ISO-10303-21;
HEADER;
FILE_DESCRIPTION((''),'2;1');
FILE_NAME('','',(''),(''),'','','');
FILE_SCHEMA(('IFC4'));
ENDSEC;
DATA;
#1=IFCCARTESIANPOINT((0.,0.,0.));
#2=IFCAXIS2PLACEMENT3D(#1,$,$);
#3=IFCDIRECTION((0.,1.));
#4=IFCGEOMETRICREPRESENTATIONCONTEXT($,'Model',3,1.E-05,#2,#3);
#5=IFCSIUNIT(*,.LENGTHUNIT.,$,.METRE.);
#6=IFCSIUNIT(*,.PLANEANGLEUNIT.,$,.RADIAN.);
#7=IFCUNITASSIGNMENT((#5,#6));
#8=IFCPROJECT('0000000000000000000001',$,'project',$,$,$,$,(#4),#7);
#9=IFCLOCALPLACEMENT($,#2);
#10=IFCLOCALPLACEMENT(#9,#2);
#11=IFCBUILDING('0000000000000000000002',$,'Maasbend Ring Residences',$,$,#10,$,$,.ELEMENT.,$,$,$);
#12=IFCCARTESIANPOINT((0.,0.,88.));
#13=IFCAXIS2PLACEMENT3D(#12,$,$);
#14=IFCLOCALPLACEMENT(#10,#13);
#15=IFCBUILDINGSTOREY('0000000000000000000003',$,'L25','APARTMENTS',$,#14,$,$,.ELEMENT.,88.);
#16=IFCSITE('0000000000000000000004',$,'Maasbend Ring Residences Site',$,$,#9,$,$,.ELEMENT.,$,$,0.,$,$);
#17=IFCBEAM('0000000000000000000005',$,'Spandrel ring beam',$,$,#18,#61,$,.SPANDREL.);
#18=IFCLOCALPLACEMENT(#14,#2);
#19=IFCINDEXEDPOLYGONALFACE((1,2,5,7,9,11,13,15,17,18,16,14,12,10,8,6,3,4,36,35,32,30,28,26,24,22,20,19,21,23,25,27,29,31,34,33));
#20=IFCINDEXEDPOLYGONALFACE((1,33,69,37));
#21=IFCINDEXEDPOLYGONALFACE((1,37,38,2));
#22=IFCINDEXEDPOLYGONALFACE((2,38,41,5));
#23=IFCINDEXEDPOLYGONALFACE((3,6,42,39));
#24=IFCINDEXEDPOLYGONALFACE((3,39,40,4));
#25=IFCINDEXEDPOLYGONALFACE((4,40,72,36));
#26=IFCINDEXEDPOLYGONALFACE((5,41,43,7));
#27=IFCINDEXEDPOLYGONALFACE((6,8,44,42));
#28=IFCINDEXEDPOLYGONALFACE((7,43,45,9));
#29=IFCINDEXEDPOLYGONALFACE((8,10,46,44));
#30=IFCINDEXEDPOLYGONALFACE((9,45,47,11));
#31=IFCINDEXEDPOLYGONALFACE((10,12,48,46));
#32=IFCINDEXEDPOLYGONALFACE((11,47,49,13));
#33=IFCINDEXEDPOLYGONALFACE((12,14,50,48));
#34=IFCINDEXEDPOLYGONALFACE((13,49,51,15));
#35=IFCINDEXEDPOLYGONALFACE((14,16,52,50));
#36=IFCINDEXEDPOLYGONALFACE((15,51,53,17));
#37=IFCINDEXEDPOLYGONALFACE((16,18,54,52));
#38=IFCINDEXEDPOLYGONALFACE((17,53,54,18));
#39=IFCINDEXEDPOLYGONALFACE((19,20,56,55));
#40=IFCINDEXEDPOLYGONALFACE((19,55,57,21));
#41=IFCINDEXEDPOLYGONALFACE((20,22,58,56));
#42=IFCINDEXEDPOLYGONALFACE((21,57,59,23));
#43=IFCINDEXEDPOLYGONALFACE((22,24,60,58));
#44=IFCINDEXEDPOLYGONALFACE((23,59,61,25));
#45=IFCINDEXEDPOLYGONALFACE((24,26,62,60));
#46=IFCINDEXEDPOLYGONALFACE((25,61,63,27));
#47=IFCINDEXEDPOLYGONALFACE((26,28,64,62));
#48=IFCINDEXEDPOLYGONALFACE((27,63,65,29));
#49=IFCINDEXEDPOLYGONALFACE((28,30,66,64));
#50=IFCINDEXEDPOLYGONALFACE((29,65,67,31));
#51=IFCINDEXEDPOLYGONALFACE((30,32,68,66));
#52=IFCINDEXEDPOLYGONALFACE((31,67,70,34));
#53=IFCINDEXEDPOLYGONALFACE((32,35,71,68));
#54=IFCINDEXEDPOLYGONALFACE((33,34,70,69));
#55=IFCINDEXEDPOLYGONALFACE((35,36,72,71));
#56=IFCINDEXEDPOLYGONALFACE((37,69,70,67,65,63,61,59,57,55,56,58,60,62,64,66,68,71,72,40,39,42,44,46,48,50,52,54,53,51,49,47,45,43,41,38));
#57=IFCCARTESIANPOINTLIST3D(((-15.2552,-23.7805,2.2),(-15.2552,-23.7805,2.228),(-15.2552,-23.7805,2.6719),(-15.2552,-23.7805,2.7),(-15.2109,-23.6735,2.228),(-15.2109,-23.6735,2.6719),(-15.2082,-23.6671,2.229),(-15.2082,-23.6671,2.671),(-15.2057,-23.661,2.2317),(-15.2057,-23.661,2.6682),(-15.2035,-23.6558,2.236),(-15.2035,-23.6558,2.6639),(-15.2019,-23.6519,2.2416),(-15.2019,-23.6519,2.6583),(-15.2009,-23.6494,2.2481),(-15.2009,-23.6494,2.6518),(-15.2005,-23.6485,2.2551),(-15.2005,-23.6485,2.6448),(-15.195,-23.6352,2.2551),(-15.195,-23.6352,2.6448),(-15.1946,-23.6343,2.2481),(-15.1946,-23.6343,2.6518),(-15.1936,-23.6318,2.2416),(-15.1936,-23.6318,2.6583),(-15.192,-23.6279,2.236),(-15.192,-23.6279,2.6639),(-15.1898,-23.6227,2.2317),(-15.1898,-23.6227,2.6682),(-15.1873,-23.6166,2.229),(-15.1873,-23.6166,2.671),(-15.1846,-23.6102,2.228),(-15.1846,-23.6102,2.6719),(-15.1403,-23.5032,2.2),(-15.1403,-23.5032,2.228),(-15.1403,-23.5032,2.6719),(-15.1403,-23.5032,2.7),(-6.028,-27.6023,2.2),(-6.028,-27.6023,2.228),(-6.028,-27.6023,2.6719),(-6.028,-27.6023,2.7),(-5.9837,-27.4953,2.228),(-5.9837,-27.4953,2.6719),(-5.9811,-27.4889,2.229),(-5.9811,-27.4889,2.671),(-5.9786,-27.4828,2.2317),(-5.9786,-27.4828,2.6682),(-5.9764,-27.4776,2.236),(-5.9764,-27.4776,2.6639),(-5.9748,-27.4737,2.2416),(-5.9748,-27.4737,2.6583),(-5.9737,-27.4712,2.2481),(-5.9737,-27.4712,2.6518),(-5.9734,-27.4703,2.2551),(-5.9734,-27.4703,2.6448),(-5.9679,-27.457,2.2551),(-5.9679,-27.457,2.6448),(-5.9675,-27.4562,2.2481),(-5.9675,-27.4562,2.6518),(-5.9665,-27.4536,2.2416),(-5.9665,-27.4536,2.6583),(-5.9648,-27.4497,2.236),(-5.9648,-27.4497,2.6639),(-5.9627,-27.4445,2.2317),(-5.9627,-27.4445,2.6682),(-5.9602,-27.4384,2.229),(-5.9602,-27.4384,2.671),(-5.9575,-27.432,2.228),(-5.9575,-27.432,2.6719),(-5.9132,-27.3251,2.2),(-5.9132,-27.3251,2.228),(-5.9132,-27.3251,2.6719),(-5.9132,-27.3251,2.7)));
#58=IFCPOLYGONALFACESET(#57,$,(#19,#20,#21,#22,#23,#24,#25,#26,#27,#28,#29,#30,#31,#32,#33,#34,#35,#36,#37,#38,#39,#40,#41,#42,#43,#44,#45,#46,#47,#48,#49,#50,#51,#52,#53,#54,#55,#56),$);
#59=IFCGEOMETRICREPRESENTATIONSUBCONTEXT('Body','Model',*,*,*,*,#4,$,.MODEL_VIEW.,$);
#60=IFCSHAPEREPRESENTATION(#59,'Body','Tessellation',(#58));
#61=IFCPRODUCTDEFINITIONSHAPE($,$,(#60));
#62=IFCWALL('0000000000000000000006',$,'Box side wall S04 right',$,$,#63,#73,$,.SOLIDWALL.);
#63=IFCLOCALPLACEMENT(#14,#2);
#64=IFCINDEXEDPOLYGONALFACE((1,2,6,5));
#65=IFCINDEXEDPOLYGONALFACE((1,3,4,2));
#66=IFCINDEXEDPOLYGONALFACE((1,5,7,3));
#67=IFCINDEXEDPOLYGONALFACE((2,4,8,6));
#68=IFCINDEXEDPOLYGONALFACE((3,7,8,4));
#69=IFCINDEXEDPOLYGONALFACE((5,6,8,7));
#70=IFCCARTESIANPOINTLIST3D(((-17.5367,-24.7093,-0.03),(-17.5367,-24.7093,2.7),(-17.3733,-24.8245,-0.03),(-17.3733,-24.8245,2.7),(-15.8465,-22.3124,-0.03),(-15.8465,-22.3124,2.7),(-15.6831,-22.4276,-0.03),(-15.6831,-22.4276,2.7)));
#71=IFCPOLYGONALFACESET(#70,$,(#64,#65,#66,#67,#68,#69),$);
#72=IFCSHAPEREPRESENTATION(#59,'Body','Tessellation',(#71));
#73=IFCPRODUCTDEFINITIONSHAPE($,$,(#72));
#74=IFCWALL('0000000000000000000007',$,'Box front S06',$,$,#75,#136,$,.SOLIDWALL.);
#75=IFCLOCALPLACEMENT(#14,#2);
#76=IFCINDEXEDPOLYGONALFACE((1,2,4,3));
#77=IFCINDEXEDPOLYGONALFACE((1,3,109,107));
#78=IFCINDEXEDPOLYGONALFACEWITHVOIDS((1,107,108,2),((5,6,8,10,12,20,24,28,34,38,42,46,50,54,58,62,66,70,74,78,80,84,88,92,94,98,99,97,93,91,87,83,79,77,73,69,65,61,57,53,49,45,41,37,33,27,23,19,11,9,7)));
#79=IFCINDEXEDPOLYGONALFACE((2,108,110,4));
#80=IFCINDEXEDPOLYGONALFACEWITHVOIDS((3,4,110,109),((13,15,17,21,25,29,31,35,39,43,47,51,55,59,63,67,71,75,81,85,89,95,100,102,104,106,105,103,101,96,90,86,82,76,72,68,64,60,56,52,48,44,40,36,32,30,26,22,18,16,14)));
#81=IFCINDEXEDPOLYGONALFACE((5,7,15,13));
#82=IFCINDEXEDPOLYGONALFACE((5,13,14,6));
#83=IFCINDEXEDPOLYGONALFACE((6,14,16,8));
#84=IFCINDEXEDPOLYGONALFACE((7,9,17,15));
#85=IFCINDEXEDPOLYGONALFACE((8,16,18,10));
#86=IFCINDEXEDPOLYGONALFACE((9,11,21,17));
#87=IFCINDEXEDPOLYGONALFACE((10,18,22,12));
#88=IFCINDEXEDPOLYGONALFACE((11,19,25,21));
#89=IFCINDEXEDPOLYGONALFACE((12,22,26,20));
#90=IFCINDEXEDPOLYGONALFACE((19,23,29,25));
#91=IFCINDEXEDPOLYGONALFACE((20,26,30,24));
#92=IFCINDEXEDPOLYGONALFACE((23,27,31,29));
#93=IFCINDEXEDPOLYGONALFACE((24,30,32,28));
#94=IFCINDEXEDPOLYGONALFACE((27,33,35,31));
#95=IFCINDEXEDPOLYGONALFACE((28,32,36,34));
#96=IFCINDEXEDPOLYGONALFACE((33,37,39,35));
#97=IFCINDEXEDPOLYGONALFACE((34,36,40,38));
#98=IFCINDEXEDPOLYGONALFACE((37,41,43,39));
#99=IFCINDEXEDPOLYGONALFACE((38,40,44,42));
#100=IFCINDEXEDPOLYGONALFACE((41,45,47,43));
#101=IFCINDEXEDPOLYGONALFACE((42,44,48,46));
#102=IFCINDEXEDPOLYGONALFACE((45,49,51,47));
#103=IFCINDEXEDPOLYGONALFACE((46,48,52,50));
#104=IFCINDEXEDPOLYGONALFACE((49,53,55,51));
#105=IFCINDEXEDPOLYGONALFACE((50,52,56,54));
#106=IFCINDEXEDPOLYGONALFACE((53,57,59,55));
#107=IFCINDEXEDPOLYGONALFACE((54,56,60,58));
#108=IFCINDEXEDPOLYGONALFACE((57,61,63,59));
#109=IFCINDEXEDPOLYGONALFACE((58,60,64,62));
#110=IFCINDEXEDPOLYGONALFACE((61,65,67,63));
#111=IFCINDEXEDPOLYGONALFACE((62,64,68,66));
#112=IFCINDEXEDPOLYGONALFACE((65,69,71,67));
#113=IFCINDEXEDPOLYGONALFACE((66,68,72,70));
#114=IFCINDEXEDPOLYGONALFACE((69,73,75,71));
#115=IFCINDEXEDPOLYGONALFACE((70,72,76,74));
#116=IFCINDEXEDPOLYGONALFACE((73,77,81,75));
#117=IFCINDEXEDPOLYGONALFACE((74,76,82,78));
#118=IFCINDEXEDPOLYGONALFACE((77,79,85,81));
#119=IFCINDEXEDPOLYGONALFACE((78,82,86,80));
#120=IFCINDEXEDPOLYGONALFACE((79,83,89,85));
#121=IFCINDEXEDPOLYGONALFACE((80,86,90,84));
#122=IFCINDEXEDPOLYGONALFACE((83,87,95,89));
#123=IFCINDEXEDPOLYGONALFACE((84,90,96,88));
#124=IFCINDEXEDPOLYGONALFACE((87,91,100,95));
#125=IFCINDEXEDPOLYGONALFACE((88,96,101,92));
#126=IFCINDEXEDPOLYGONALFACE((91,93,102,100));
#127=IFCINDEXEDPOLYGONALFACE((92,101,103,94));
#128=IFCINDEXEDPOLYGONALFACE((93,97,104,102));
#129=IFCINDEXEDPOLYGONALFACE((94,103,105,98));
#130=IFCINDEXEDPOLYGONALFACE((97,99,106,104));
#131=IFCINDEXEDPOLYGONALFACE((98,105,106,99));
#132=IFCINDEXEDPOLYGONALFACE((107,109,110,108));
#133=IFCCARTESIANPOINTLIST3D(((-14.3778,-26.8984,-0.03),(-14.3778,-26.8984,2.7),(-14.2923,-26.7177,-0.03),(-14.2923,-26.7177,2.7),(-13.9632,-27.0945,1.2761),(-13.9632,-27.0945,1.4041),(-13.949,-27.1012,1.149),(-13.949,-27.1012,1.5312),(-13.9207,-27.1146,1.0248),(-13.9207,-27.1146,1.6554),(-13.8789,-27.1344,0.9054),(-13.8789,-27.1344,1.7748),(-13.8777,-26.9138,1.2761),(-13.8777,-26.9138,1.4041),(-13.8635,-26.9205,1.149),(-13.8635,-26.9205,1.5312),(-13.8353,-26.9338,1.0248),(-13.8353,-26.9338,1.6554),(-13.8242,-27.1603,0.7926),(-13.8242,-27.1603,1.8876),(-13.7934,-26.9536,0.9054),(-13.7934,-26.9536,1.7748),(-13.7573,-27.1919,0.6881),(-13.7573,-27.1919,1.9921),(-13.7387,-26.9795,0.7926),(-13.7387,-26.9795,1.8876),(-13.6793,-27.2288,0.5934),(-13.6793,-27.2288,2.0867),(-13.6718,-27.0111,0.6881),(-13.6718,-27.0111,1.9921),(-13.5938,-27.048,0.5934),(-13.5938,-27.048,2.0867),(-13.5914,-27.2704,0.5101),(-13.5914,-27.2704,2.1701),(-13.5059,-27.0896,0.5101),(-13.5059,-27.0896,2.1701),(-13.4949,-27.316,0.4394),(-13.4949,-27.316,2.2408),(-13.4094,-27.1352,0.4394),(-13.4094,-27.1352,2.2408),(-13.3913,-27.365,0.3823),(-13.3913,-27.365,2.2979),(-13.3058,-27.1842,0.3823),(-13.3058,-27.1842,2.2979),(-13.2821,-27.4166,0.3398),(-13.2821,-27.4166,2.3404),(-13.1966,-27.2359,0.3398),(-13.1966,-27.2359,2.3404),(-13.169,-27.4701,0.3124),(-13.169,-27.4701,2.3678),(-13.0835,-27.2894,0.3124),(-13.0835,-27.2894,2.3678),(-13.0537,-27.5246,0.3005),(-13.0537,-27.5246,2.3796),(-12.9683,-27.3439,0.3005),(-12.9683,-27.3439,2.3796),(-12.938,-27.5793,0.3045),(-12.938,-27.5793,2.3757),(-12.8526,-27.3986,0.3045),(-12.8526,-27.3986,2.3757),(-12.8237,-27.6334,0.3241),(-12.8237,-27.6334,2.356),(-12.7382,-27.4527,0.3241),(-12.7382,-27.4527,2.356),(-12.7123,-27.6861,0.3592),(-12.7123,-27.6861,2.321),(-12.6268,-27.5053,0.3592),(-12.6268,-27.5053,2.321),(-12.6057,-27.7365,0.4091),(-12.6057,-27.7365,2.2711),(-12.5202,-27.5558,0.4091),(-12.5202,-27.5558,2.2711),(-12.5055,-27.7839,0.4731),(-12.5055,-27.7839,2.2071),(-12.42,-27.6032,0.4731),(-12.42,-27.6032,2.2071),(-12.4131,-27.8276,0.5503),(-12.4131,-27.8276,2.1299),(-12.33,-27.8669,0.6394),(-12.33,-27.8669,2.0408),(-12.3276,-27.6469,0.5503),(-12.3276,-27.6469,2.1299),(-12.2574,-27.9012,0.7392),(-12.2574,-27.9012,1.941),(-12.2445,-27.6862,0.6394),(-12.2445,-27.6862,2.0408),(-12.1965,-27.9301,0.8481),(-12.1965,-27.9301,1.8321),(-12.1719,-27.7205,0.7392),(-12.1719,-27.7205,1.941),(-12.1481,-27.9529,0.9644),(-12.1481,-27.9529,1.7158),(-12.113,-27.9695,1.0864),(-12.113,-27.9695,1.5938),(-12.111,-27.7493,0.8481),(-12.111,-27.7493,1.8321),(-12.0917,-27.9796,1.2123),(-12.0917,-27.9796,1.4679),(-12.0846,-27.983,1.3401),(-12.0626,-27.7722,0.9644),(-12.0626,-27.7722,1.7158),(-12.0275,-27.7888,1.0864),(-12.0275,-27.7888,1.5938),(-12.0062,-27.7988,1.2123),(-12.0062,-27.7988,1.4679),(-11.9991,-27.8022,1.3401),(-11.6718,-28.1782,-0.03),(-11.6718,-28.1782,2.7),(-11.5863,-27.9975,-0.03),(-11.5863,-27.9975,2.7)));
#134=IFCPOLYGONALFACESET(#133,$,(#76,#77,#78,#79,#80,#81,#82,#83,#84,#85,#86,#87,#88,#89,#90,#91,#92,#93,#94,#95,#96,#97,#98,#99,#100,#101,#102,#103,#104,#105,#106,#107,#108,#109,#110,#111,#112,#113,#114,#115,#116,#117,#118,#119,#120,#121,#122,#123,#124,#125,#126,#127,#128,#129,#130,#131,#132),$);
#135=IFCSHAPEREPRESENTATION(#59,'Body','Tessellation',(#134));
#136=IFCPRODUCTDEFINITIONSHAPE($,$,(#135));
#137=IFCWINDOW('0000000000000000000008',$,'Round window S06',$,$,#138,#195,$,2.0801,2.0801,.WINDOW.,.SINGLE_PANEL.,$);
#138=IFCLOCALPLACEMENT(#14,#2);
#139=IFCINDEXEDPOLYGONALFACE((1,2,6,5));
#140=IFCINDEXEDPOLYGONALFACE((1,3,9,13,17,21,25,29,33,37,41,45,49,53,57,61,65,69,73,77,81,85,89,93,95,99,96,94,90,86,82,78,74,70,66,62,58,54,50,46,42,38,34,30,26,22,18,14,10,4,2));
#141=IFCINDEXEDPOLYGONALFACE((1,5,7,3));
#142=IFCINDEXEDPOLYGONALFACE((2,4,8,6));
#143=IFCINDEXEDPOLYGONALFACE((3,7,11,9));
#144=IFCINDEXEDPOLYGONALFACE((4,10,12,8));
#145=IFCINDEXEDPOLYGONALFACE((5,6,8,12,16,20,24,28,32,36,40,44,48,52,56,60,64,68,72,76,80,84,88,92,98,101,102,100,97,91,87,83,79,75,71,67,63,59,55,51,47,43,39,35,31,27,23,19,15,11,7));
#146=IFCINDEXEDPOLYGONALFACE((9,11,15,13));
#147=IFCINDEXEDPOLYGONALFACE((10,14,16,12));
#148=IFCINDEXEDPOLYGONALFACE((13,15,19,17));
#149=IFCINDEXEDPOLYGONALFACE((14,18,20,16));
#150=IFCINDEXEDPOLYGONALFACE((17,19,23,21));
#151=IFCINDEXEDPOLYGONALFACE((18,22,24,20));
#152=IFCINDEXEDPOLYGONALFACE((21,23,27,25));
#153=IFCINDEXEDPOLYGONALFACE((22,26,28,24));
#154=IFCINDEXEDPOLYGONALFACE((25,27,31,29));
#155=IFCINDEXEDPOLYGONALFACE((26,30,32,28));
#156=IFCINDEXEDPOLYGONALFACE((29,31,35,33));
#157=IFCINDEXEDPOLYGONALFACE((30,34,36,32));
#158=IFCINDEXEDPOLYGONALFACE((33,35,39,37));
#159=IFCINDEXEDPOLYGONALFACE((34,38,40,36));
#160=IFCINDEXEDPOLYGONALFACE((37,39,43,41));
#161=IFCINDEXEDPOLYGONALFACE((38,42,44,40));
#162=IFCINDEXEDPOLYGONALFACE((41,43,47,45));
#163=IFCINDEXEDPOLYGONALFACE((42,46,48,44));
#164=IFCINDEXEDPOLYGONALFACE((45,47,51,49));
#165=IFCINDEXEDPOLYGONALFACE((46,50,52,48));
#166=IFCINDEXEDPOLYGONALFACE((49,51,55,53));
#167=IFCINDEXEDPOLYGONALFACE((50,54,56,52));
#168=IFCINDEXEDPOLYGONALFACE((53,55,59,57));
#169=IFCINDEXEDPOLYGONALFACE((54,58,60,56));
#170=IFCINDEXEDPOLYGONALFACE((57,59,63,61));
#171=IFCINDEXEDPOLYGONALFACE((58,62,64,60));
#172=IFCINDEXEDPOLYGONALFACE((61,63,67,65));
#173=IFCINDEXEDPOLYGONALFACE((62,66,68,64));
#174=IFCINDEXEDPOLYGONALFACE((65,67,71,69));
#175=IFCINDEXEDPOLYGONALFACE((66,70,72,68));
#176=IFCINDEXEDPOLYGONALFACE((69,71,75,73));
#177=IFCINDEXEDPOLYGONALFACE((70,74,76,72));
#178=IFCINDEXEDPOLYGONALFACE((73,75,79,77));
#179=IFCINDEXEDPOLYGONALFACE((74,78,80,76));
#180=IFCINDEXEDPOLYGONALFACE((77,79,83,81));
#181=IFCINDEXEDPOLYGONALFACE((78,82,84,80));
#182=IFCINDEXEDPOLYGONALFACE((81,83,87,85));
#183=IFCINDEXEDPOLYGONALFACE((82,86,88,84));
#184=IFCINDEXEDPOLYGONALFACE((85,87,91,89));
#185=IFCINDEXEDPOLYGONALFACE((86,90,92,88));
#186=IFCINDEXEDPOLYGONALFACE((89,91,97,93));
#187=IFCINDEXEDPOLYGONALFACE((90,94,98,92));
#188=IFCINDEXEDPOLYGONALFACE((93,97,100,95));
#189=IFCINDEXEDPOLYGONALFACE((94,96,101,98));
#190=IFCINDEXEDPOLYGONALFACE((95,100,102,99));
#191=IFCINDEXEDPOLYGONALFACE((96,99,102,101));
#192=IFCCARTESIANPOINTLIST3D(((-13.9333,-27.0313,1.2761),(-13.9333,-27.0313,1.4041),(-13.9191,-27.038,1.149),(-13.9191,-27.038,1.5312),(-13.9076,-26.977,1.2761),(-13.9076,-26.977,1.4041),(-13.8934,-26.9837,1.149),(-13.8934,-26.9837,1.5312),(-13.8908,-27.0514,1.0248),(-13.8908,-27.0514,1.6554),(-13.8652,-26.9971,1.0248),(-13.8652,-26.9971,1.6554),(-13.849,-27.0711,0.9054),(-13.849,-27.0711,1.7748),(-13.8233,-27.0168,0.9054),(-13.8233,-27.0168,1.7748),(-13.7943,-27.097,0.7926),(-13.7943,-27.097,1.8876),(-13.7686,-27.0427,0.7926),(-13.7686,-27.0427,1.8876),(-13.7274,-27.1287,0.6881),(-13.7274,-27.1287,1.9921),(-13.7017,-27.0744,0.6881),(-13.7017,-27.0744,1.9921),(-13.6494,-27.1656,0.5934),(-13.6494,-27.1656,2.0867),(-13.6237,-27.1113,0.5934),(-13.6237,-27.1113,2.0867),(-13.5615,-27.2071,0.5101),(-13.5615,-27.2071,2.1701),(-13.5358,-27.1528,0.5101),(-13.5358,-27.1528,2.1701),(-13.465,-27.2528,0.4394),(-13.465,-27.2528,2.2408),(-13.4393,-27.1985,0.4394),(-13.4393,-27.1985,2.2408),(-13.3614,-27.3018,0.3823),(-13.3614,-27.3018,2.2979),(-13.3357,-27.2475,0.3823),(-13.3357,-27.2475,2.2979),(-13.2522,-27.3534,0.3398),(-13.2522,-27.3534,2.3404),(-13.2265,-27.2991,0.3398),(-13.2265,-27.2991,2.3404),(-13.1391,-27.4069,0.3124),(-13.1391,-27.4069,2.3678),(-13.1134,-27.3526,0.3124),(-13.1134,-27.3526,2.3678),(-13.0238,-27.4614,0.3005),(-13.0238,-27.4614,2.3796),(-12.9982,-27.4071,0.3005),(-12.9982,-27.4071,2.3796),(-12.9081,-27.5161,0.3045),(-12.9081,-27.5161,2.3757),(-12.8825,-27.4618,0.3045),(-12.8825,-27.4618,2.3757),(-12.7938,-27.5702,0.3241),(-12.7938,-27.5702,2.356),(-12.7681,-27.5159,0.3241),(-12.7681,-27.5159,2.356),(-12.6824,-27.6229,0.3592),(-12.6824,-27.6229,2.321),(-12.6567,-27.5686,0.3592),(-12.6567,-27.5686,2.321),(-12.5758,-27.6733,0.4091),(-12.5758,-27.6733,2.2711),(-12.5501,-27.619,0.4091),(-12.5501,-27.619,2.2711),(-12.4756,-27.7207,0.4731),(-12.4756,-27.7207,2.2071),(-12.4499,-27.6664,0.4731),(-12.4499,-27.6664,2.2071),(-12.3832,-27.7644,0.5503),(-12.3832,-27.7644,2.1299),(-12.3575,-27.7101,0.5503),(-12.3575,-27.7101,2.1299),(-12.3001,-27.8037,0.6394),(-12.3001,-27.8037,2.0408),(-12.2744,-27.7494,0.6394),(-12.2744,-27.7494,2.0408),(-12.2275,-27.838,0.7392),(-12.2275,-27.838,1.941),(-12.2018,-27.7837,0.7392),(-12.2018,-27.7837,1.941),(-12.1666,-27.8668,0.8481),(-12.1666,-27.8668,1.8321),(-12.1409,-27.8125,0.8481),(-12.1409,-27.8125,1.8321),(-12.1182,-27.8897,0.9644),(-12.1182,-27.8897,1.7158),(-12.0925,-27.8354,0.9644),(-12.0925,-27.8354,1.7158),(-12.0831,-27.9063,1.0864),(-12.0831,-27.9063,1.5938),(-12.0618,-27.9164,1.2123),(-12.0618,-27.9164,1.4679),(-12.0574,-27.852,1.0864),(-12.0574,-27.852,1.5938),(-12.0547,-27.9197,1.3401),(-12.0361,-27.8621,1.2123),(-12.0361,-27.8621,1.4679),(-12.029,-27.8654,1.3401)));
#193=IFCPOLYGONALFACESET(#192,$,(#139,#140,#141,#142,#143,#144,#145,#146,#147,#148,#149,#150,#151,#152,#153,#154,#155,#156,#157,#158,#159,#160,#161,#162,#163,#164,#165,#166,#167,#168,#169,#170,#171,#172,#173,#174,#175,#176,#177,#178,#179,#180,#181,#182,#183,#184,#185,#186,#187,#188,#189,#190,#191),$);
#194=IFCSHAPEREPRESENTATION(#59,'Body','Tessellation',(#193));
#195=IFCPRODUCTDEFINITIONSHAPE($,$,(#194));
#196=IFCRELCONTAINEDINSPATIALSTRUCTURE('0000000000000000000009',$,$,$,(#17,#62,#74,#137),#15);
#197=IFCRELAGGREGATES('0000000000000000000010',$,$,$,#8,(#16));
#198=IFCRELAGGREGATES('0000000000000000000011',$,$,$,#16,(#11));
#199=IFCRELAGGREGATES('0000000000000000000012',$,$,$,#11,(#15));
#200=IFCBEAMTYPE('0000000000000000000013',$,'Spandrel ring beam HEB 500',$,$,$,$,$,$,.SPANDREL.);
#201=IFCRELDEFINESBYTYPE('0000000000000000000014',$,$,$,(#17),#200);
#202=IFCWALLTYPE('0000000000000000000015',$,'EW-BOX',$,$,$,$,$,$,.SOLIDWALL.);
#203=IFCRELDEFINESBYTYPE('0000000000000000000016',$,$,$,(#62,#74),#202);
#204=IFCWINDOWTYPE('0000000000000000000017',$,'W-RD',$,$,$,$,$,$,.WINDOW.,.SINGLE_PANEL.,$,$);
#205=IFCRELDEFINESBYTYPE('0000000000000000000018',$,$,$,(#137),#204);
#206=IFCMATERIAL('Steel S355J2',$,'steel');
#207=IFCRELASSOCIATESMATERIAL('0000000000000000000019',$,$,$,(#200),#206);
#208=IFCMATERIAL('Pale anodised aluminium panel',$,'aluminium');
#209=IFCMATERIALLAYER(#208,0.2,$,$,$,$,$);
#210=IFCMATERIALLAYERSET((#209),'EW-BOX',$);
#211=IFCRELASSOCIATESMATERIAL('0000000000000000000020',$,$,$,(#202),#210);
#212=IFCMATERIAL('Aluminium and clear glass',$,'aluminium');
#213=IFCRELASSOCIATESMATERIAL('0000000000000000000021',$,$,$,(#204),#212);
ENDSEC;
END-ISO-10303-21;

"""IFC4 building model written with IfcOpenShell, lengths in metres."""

from ifc_helpers import new_model, si_unit, direction, frame, frame_2d, origin, origin_2d, place, context, subcontext, project, spatial, rectangle, circle, i_section, extrude, material, layer, layer_set, material_profile, profile_set, type_object, element, fill, save


model = new_model("IFC4")

# Units and contexts
model_context = context("Model", 3, precision=1e-05, world=origin(), true_north=direction((0.0, 1.0)))
body_context = subcontext(model_context, "Body", "Model", "MODEL_VIEW")
ifc_project = project(units=[si_unit("LENGTHUNIT", "METRE"), si_unit("PLANEANGLEUNIT", "RADIAN")], contexts=[model_context])

# Site, building, storey
site_placement = place(None, origin())
site = spatial("IfcSite", under=ifc_project, at=site_placement, Name="Maasbend Ring Residences Site", CompositionType="ELEMENT", RefElevation=0.0)
building_placement = place(site_placement, origin())
building = spatial("IfcBuilding", under=site, at=building_placement, Name="Maasbend Ring Residences", CompositionType="ELEMENT")
storey_placement = place(building_placement, frame((0.0, 0.0, 88.0)))
storey = spatial("IfcBuildingStorey", under=building, at=storey_placement, Name="L25", Description="APARTMENTS", CompositionType="ELEMENT", Elevation=88.0)

# Beam
ifc_material_1 = material(Name="Steel S355J2", Category="steel")
ifc_material_profile_1 = material_profile(ifc_material_1, i_section(OverallWidth=0.3, OverallDepth=0.5, WebThickness=0.0144, FlangeThickness=0.0281, FilletRadius=0.0271, at=origin_2d()), Name="HEB 500")
ifc_profile_set_1 = profile_set([ifc_material_profile_1], Name="Steel S355J2")
beam_type_1 = type_object("IfcBeamType", Name="Spandrel ring beam HEB 500", PredefinedType="SPANDREL", material=ifc_profile_set_1)
beam_1_placement = place(storey_placement, frame((-15.1978, -23.6418, 2.45), z_axis=(0.923886, -0.382667, 0.0), x_axis=(0.382667, 0.923886, 0.0)))
element("IfcBeam", 1, at=beam_1_placement, inside=storey, type_object=beam_type_1, Name="Spandrel ring beam", PredefinedType="SPANDREL", context=body_context, shape_type="SweptSolid", body=[
    extrude(i_section(OverallWidth=0.3, OverallDepth=0.5, WebThickness=0.0144, FlangeThickness=0.0281, FilletRadius=0.0271, at=origin_2d()), origin(), (0.0, 0.0, 1.0), 9.9873),
])

# Wall
ifc_material_2 = material(Name="Pale anodised aluminium panel", Category="aluminium")
ifc_layer_1 = layer(ifc_material_2, 0.2)
ifc_layer_set_1 = layer_set([ifc_layer_1], Name="EW-BOX")
wall_type_1 = type_object("IfcWallType", Name="EW-BOX", PredefinedType="SOLIDWALL", material=ifc_layer_set_1)
wall_1_placement = place(storey_placement, frame((-15.7649, -22.3701, -0.03), z_axis=(0.0, 0.0, 1.0), x_axis=(-0.576275, -0.817256, 0.0)))
element("IfcWall", 2, at=wall_1_placement, inside=storey, type_object=wall_type_1, Name="Box side wall S04 right", PredefinedType="SOLIDWALL", context=body_context, shape_type="SweptSolid", body=[
    extrude(rectangle(XDim=2.9329, YDim=0.2, at=frame_2d((1.4663, 0.0))), origin(), (0.0, 0.0, 1.0), 2.73),
])

# Wall, opening, window
wall_2_placement = place(storey_placement, frame((-14.335, -26.8081, -0.03), z_axis=(0.0, 0.0, 1.0), x_axis=(0.904, -0.427532, 0.0)))
wall_2 = element("IfcWall", 3, at=wall_2_placement, inside=storey, type_object=wall_type_1, Name="Box front S06", PredefinedType="SOLIDWALL", context=body_context, shape_type="SweptSolid", body=[
    extrude(rectangle(XDim=2.9934, YDim=0.2, at=frame_2d((1.4966, 0.0))), origin(), (0.0, 0.0, 1.0), 2.73),
])
opening_1_placement = place(wall_2_placement, frame((0.4565, 0.0, 0.3301)))
opening_1 = element("IfcOpeningElement", 4, at=opening_1_placement, cuts=wall_2, PredefinedType="OPENING", context=body_context, shape_type="SweptSolid", body=[
    extrude(circle(Radius=1.04, at=frame_2d((1.04, 1.04))), frame((0.0, 0.1099, 0.0), z_axis=(0.0, -1.0, 0.0), x_axis=(1.0, 0.0, 0.0)), (0.0, 0.0, 1.0), 0.22),
])
ifc_material_3 = material(Name="Aluminium and clear glass", Category="aluminium")
window_type_1 = type_object("IfcWindowType", Name="W-RD", PartitioningType="SINGLE_PANEL", PredefinedType="WINDOW", material=ifc_material_3)
window_1_placement = place(opening_1_placement, origin())
window_1 = element("IfcWindow", 5, at=window_1_placement, inside=storey, type_object=window_type_1, Name="Round window S06", OverallHeight=2.0801, OverallWidth=2.0801, PartitioningType="SINGLE_PANEL", PredefinedType="WINDOW", context=body_context, shape_type="SweptSolid", body=[
    extrude(circle(Radius=1.04, at=frame_2d((1.04, 1.04))), frame((0.0, 0.03, 0.0), z_axis=(0.0, -1.0, 0.0), x_axis=(1.0, 0.0, 0.0)), (0.0, 0.0, 1.0), 0.0601),
])
fill(opening_1, window_1)

save(model, "model.ifc")
